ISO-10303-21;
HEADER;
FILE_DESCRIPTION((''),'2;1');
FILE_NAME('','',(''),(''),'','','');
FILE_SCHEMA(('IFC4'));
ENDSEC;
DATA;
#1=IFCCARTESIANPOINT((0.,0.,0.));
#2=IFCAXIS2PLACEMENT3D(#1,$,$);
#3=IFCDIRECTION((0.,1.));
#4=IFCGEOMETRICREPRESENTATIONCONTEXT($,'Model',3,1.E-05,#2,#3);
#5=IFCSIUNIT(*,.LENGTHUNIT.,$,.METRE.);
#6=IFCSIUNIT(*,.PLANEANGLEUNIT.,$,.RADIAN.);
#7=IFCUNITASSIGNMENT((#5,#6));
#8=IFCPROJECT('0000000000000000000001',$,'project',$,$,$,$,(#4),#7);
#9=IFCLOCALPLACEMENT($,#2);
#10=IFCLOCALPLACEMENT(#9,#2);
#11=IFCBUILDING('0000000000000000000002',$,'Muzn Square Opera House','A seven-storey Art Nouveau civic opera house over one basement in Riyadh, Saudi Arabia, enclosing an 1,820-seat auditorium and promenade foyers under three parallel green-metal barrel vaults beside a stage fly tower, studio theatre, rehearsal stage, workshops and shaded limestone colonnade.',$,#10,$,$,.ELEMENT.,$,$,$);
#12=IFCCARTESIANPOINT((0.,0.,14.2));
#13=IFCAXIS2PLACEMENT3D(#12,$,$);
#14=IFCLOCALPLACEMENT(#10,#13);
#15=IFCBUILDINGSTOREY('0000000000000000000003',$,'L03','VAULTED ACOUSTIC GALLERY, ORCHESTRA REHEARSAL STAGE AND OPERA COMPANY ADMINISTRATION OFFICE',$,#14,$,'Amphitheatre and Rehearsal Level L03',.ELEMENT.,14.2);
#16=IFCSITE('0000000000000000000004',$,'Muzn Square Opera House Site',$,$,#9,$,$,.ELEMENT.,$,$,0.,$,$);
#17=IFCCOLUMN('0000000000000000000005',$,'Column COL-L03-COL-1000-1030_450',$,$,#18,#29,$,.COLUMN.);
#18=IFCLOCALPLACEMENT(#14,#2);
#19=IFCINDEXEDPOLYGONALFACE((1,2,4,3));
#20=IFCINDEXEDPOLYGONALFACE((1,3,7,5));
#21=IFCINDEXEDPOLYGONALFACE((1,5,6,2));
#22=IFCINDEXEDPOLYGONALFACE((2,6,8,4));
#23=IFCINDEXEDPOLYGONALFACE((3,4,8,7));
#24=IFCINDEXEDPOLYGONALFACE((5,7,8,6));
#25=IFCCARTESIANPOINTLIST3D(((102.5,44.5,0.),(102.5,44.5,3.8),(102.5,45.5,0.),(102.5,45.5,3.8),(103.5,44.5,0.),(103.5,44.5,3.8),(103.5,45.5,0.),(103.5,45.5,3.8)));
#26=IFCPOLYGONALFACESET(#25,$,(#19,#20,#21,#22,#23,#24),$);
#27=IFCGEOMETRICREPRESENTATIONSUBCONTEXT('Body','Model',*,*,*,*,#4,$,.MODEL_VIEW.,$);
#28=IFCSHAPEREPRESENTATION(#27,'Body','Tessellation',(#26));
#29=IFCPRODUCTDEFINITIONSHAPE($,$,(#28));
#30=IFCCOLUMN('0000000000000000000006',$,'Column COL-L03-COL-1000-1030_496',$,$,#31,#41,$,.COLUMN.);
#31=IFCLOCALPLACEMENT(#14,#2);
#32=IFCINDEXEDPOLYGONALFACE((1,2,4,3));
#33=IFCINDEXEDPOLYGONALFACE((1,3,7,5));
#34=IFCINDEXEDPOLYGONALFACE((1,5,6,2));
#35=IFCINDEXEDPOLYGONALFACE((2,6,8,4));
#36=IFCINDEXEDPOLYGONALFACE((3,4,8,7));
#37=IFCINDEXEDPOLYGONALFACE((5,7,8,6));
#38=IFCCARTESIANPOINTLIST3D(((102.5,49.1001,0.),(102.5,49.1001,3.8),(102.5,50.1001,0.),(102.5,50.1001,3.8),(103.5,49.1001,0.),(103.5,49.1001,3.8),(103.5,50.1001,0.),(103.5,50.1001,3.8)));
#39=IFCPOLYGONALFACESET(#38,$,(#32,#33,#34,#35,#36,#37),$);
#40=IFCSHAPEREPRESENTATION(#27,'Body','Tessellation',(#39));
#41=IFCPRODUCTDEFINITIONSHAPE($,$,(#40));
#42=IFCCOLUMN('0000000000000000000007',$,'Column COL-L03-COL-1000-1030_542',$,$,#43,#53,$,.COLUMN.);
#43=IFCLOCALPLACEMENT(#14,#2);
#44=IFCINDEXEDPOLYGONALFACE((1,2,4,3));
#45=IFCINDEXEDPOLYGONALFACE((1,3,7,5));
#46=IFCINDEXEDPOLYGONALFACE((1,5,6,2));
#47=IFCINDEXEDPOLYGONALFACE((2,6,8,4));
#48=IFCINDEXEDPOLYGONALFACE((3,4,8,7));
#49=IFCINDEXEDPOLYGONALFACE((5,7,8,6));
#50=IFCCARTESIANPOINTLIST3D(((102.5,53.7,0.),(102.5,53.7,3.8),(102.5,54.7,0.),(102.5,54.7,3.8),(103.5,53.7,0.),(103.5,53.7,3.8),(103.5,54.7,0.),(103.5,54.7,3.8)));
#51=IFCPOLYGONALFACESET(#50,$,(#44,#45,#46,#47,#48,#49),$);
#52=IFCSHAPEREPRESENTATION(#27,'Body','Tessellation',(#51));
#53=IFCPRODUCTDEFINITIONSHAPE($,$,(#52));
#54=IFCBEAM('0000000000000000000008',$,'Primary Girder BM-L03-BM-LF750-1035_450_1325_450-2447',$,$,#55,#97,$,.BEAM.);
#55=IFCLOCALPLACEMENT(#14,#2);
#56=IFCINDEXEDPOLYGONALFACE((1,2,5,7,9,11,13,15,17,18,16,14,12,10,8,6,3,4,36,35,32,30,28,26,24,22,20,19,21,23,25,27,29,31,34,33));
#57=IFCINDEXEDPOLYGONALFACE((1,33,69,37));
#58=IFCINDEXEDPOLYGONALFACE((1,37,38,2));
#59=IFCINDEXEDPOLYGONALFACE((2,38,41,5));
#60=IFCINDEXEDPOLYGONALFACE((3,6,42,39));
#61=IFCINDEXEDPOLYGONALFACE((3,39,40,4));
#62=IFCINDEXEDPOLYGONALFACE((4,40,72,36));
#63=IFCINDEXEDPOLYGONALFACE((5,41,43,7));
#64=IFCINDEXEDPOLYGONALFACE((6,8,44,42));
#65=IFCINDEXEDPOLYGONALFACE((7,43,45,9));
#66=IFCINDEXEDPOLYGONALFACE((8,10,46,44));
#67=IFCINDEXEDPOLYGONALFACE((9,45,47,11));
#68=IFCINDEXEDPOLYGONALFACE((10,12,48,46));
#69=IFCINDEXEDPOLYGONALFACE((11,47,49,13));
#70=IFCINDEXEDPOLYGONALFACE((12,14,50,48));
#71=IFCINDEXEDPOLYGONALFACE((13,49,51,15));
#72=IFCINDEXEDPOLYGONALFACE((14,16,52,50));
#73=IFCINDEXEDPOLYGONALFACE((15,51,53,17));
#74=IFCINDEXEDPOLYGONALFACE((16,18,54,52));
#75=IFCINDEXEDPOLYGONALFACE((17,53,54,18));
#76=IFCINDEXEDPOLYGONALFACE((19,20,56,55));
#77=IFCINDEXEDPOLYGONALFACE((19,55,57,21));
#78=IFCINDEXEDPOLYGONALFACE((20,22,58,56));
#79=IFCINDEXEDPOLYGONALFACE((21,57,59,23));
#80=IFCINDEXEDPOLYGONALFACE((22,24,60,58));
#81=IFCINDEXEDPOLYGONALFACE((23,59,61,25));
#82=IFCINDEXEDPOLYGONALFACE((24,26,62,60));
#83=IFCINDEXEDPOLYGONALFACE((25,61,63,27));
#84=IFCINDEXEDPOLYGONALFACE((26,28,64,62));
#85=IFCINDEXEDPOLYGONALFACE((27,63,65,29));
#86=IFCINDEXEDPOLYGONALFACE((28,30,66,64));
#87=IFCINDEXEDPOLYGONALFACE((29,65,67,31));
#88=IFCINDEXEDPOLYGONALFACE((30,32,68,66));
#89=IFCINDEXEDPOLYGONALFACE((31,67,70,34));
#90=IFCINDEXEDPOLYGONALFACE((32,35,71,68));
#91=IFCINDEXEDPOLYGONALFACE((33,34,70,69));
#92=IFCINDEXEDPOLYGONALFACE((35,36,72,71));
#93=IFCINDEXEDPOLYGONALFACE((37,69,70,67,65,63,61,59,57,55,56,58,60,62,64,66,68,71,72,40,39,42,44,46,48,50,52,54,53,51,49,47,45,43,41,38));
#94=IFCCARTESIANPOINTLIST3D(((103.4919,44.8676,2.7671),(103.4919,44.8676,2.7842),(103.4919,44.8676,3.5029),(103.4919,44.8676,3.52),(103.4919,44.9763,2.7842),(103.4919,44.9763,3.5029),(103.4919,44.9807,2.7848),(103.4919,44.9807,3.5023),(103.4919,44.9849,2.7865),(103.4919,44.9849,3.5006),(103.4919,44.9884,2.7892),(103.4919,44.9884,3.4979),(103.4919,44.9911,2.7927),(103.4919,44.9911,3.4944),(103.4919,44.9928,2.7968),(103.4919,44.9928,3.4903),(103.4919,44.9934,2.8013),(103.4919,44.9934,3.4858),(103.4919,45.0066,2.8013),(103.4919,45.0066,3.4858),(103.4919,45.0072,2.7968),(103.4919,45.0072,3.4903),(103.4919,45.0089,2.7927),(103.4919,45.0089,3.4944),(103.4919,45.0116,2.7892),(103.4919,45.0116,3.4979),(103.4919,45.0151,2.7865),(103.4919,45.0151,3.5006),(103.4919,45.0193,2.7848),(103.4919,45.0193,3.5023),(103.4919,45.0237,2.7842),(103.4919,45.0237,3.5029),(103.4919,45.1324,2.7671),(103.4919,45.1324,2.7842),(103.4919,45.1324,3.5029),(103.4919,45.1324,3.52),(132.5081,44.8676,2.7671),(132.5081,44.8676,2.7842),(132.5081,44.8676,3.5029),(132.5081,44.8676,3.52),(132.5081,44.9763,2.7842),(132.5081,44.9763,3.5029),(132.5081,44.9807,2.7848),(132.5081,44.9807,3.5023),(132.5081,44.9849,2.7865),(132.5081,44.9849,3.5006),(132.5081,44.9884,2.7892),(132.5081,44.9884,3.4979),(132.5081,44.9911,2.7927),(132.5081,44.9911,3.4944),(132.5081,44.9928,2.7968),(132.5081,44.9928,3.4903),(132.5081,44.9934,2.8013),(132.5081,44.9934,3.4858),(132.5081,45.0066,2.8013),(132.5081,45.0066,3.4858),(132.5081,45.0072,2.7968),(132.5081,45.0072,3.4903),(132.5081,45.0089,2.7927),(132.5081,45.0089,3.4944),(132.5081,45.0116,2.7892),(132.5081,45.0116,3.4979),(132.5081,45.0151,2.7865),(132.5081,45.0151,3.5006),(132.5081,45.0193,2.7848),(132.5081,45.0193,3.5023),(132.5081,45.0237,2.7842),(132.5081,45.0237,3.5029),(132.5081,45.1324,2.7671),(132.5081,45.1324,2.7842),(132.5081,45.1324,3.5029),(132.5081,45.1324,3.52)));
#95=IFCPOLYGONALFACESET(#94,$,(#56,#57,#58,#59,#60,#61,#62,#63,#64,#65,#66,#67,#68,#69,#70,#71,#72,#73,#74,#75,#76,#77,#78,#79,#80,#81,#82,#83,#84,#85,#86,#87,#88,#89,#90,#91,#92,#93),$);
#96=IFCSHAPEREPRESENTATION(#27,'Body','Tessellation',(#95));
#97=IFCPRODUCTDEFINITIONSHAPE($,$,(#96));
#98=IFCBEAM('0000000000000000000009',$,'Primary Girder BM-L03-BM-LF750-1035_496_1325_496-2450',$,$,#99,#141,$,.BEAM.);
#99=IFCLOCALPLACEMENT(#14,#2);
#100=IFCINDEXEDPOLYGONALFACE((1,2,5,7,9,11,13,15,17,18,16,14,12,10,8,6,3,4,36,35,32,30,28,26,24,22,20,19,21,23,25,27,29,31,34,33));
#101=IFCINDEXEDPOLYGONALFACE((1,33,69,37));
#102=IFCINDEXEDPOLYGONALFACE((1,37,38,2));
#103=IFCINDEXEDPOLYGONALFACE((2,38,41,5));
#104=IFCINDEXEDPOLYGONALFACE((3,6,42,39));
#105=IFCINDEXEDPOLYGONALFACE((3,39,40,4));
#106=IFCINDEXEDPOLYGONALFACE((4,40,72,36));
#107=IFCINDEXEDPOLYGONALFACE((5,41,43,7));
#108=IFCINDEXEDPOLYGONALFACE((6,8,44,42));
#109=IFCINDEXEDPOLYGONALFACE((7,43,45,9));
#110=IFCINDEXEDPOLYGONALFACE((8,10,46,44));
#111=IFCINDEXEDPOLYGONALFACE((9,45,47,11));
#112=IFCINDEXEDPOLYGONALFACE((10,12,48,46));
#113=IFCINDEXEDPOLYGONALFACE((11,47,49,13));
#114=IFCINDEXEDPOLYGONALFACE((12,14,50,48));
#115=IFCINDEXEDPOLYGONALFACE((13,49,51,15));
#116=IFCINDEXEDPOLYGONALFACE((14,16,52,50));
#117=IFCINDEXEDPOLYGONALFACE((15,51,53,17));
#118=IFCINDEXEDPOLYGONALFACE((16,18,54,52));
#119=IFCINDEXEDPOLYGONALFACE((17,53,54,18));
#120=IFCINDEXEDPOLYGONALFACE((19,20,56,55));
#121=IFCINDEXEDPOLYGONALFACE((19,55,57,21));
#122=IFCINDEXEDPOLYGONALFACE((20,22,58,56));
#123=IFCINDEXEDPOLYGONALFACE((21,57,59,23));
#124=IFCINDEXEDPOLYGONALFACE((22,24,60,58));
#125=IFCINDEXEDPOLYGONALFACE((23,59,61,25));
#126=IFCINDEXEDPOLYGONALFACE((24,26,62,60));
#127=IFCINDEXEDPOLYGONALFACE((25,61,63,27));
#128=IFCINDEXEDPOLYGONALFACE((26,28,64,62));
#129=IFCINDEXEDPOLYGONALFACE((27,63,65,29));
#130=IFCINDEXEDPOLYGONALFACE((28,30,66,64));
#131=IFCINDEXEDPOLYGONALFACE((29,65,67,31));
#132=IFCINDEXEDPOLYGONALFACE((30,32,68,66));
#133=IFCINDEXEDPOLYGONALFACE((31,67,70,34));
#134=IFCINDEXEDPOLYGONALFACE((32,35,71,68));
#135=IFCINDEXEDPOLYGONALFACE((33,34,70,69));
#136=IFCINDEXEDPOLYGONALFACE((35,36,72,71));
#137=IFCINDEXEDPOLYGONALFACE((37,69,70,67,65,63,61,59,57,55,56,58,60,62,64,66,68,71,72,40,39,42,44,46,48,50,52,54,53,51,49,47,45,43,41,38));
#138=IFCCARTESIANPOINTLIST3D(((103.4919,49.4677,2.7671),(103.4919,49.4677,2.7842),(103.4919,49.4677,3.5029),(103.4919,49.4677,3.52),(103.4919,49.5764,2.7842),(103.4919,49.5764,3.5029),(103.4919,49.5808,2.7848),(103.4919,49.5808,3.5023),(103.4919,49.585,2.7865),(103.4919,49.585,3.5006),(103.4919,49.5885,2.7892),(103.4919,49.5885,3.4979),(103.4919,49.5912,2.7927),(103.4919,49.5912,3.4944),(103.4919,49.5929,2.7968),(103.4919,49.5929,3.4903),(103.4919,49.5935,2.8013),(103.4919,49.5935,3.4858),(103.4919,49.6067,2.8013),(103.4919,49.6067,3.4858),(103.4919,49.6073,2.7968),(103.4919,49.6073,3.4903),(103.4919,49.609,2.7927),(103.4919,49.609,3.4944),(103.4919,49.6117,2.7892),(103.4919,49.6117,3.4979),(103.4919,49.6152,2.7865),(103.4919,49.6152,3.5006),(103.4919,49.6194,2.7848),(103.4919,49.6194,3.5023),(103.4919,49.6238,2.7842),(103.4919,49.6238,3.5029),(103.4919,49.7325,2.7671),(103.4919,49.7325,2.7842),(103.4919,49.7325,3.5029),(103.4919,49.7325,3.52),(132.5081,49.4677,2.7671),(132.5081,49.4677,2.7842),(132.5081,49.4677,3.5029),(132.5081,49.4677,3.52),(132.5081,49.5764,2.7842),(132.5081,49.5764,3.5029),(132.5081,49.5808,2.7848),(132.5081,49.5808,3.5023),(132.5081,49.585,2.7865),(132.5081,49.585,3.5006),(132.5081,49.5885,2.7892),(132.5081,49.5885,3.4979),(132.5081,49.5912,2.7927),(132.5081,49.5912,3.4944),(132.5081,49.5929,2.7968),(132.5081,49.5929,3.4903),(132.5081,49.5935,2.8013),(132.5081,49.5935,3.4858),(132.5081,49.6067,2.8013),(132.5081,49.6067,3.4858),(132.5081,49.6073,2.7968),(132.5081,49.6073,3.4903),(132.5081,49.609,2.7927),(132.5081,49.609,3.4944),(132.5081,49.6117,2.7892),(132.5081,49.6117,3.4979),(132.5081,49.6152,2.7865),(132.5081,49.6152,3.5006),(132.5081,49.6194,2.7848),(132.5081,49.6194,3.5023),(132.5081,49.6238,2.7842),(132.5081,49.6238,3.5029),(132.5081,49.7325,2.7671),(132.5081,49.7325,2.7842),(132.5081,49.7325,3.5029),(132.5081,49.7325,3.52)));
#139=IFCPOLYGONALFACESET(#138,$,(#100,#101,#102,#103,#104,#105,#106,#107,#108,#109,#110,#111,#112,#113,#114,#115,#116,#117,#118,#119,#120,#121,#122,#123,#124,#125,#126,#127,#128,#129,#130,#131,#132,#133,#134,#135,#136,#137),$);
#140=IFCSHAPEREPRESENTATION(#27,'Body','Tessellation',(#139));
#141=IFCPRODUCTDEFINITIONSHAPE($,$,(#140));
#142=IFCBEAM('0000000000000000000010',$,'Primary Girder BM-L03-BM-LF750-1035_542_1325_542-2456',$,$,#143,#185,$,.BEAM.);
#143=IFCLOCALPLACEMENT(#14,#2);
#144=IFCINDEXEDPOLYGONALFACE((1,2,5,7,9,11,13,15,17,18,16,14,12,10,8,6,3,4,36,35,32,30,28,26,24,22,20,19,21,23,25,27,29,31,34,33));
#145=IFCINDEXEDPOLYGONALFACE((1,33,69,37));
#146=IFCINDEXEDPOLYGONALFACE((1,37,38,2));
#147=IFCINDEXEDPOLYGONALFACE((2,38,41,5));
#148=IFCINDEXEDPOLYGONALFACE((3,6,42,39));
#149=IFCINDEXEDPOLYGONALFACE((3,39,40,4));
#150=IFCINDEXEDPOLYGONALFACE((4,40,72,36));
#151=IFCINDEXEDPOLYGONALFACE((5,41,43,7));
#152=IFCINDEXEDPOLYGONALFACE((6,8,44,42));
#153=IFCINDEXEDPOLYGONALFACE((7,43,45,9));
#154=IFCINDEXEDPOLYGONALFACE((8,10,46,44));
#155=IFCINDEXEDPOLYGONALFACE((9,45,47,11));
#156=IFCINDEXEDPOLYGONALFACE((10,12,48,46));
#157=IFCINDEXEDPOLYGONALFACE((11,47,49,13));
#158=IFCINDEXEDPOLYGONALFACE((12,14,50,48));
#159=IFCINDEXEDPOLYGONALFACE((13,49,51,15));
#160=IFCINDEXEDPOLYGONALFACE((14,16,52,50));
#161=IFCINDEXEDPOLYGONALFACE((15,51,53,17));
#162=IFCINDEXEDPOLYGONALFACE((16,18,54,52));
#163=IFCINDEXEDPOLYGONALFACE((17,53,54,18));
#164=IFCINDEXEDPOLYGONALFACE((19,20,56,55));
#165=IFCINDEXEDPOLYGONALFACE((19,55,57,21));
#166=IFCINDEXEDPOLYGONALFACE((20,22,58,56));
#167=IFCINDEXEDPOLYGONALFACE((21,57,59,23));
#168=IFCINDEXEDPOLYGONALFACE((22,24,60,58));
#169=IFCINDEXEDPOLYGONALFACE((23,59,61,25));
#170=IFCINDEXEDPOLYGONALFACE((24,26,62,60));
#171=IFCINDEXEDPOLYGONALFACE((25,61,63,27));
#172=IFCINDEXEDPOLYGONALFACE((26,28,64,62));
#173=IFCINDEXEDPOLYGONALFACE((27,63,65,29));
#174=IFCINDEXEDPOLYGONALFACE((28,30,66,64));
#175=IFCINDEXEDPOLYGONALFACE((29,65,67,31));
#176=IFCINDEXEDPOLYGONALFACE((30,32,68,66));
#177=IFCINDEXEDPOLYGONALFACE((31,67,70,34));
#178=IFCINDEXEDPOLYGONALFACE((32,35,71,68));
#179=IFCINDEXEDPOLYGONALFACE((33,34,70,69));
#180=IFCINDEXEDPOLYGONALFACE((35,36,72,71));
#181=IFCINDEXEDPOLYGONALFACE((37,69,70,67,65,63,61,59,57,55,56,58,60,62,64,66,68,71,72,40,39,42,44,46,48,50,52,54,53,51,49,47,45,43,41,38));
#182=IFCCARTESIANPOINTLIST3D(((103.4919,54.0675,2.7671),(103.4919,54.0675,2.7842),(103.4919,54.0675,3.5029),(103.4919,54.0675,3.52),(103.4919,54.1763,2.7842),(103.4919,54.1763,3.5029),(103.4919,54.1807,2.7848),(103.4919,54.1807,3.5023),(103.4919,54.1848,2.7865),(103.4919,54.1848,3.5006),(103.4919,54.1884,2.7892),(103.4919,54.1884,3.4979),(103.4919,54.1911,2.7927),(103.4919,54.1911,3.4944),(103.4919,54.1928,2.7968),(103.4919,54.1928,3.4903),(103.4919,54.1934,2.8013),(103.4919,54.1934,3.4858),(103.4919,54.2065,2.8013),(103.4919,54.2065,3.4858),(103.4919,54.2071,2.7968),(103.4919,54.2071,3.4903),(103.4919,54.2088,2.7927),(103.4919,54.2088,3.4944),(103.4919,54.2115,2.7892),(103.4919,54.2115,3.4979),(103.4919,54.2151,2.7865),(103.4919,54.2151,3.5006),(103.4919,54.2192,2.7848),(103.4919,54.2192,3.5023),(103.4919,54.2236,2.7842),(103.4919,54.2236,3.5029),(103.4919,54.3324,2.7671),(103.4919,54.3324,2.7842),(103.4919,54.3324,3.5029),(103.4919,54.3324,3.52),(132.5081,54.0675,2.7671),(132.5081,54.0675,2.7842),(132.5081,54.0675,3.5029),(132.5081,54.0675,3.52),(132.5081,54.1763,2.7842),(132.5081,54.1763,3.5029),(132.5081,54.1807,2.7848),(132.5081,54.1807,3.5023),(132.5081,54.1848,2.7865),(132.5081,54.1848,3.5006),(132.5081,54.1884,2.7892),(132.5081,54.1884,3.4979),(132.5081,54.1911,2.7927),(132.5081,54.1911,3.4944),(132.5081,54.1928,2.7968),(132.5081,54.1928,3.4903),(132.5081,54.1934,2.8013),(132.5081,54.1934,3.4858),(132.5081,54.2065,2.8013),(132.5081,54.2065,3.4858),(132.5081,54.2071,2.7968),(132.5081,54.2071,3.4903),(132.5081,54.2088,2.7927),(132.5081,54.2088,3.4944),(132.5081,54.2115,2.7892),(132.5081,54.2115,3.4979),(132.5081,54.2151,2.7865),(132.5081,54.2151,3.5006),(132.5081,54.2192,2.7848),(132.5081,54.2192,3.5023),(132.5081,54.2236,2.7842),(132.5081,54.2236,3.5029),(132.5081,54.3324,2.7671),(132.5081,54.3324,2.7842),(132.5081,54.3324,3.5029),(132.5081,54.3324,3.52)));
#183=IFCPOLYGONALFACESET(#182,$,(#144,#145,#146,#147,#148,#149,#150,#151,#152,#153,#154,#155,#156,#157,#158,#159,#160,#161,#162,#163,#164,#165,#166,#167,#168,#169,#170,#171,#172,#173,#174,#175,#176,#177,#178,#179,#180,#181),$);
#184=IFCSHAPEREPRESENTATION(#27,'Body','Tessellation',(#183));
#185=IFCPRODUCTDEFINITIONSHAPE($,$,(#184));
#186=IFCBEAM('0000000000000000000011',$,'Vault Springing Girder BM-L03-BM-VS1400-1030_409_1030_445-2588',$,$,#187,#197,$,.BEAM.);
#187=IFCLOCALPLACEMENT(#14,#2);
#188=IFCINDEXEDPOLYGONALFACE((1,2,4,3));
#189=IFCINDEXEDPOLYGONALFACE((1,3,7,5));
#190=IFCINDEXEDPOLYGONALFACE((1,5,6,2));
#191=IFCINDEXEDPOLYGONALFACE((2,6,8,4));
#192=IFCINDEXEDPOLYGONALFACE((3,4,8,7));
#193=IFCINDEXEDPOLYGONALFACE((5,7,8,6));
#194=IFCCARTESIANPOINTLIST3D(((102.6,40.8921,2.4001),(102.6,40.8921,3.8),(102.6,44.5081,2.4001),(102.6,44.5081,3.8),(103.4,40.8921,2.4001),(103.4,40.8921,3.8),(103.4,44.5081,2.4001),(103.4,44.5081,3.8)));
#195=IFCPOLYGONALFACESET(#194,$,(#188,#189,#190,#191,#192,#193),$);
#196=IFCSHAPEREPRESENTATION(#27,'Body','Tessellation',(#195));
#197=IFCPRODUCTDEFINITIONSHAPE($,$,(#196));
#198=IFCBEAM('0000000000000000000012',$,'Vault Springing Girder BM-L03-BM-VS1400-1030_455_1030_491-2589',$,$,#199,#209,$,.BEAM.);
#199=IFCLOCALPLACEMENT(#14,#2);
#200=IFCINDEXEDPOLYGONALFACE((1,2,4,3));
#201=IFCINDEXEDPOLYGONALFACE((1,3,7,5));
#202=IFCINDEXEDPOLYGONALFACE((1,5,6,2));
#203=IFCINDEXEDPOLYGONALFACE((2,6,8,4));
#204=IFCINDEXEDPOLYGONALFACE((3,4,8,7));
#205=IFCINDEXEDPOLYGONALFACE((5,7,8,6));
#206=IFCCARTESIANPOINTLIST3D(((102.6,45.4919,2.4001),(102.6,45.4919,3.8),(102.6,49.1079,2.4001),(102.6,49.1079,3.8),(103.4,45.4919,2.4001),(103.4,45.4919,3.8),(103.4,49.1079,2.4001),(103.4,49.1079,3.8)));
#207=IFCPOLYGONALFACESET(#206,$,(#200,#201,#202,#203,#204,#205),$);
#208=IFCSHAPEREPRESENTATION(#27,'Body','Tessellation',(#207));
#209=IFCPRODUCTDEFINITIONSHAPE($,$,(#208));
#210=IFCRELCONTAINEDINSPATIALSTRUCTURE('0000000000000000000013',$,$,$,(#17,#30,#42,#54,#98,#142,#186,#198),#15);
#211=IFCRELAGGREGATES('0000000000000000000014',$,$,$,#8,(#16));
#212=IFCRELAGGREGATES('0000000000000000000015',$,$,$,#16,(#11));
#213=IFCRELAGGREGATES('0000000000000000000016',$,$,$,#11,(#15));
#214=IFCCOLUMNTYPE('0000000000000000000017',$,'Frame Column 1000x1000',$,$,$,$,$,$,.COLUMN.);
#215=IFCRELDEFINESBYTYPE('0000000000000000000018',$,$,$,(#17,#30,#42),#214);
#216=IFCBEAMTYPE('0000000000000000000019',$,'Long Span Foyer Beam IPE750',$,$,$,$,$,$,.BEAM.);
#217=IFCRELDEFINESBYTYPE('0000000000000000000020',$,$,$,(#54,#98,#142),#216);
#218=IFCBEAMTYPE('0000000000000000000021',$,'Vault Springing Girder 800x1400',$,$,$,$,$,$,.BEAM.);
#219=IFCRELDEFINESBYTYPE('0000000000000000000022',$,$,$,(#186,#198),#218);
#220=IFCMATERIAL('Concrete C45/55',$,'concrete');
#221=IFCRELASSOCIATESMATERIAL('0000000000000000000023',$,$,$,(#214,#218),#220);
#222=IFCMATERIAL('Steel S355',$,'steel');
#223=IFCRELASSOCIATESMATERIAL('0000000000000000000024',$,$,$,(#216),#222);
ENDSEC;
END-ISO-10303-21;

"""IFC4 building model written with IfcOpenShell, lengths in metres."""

from ifc_helpers import new_model, si_unit, direction, frame, origin, origin_2d, place, context, subcontext, project, spatial, rectangle, i_section, extrude, material, material_profile, profile_set, type_object, element, save


model = new_model("IFC4")

# Units and contexts
model_context = context("Model", 3, precision=1e-05, world=origin(), true_north=direction((0.0, 1.0)))
body_context = subcontext(model_context, "Body", "Model", "MODEL_VIEW")
ifc_project = project(units=[si_unit("LENGTHUNIT", "METRE"), si_unit("PLANEANGLEUNIT", "RADIAN")], contexts=[model_context])

# Site, building, storey
site_placement = place(None, origin())
site = spatial("IfcSite", under=ifc_project, at=site_placement, Name="Muzn Square Opera House Site", CompositionType="ELEMENT", RefElevation=0.0)
building_placement = place(site_placement, origin())
building = spatial("IfcBuilding", under=site, at=building_placement, Name="Muzn Square Opera House", Description="A seven-storey Art Nouveau civic opera house over one basement in Riyadh, Saudi Arabia, enclosing an 1,820-seat auditorium and promenade foyers under three parallel green-metal barrel vaults beside a stage fly tower, studio theatre, rehearsal stage, workshops and shaded limestone colonnade.", CompositionType="ELEMENT")
storey_placement = place(building_placement, frame((0.0, 0.0, 14.2)))
storey = spatial("IfcBuildingStorey", under=building, at=storey_placement, Name="L03", Description="VAULTED ACOUSTIC GALLERY, ORCHESTRA REHEARSAL STAGE AND OPERA COMPANY ADMINISTRATION OFFICE", LongName="Amphitheatre and Rehearsal Level L03", CompositionType="ELEMENT", Elevation=14.2)

# Columns
ifc_material_1 = material(Name="Concrete C45/55", Category="concrete")
ifc_material_profile_1 = material_profile(ifc_material_1, rectangle(XDim=1.0, YDim=1.0, at=origin_2d()), Name="RC 1000x1000", Category="concrete")
ifc_profile_set_1 = profile_set([ifc_material_profile_1], Name="Concrete C45/55")
column_type = type_object("IfcColumnType", Name="Frame Column 1000x1000", PredefinedType="COLUMN", material=ifc_profile_set_1)
for number, where, z_axis, x_axis, name in (
    (1, (103.0, 45.0, 0.0), (0.0, 0.0, 1.0), (1.0, 0.0, 0.0), "Column COL-L03-COL-1000-1030_450"),
    (2, (103.0, 49.6001, 0.0), (0.0, 0.0, 1.0), (1.0, 0.0, 0.0), "Column COL-L03-COL-1000-1030_496"),
    (3, (103.0, 54.2, 0.0), (0.0, 0.0, 1.0), (1.0, 0.0, 0.0), "Column COL-L03-COL-1000-1030_542"),
):
    element("IfcColumn", number, at=place(storey_placement, frame(where, z_axis=z_axis, x_axis=x_axis)), inside=storey, type_object=column_type, Name=name, PredefinedType="COLUMN", context=body_context, shape_type="SweptSolid", body=[
        extrude(rectangle(XDim=1.0, YDim=1.0, at=origin_2d()), origin(), (0.0, 0.0, 1.0), 3.8),
    ])

# Beams
ifc_material_2 = material(Name="Steel S355", Category="steel")
ifc_material_profile_2 = material_profile(ifc_material_2, i_section(OverallWidth=0.2649, OverallDepth=0.7529, WebThickness=0.0132, FlangeThickness=0.0171, FilletRadius=0.0171, at=origin_2d()), Name="IPE 750x147", Category="steel")
ifc_profile_set_2 = profile_set([ifc_material_profile_2], Name="Steel S355")
beam_type_1 = type_object("IfcBeamType", Name="Long Span Foyer Beam IPE750", PredefinedType="BEAM", material=ifc_profile_set_2)
for number, where, z_axis, x_axis, name in (
    (4, (103.4919, 45.0, 3.1436), (1.0, 0.0, 0.0), (0.0, 1.0, 0.0), "Primary Girder BM-L03-BM-LF750-1035_450_1325_450-2447"),
    (5, (103.4919, 49.6001, 3.1436), (1.0, 0.0, 0.0), (0.0, 1.0, 0.0), "Primary Girder BM-L03-BM-LF750-1035_496_1325_496-2450"),
    (6, (103.4919, 54.2, 3.1436), (1.0, 0.0, 0.0), (0.0, 1.0, 0.0), "Primary Girder BM-L03-BM-LF750-1035_542_1325_542-2456"),
):
    element("IfcBeam", number, at=place(storey_placement, frame(where, z_axis=z_axis, x_axis=x_axis)), inside=storey, type_object=beam_type_1, Name=name, PredefinedType="BEAM", context=body_context, shape_type="SweptSolid", body=[
        extrude(i_section(OverallWidth=0.2649, OverallDepth=0.7529, WebThickness=0.0132, FlangeThickness=0.0171, FilletRadius=0.0171, at=origin_2d()), origin(), (0.0, 0.0, 1.0), 29.0161),
    ])
ifc_material_profile_3 = material_profile(ifc_material_1, rectangle(XDim=0.8, YDim=1.3999, at=origin_2d()), Name="RCB 800x1400", Category="concrete")
ifc_profile_set_3 = profile_set([ifc_material_profile_3], Name="Concrete C45/55")
beam_type_2 = type_object("IfcBeamType", Name="Vault Springing Girder 800x1400", PredefinedType="BEAM", material=ifc_profile_set_3)
for number, where, z_axis, x_axis, name in (
    (7, (103.0, 40.8921, 3.1001), (0.0, 1.0, 0.0), (-1.0, 0.0, 0.0), "Vault Springing Girder BM-L03-BM-VS1400-1030_409_1030_445-2588"),
    (8, (103.0, 45.4919, 3.1001), (0.0, 1.0, 0.0), (-1.0, 0.0, 0.0), "Vault Springing Girder BM-L03-BM-VS1400-1030_455_1030_491-2589"),
):
    element("IfcBeam", number, at=place(storey_placement, frame(where, z_axis=z_axis, x_axis=x_axis)), inside=storey, type_object=beam_type_2, Name=name, PredefinedType="BEAM", context=body_context, shape_type="SweptSolid", body=[
        extrude(rectangle(XDim=0.8, YDim=1.3999, at=origin_2d()), origin(), (0.0, 0.0, 1.0), 3.616),
    ])

save(model, "model.ifc")
